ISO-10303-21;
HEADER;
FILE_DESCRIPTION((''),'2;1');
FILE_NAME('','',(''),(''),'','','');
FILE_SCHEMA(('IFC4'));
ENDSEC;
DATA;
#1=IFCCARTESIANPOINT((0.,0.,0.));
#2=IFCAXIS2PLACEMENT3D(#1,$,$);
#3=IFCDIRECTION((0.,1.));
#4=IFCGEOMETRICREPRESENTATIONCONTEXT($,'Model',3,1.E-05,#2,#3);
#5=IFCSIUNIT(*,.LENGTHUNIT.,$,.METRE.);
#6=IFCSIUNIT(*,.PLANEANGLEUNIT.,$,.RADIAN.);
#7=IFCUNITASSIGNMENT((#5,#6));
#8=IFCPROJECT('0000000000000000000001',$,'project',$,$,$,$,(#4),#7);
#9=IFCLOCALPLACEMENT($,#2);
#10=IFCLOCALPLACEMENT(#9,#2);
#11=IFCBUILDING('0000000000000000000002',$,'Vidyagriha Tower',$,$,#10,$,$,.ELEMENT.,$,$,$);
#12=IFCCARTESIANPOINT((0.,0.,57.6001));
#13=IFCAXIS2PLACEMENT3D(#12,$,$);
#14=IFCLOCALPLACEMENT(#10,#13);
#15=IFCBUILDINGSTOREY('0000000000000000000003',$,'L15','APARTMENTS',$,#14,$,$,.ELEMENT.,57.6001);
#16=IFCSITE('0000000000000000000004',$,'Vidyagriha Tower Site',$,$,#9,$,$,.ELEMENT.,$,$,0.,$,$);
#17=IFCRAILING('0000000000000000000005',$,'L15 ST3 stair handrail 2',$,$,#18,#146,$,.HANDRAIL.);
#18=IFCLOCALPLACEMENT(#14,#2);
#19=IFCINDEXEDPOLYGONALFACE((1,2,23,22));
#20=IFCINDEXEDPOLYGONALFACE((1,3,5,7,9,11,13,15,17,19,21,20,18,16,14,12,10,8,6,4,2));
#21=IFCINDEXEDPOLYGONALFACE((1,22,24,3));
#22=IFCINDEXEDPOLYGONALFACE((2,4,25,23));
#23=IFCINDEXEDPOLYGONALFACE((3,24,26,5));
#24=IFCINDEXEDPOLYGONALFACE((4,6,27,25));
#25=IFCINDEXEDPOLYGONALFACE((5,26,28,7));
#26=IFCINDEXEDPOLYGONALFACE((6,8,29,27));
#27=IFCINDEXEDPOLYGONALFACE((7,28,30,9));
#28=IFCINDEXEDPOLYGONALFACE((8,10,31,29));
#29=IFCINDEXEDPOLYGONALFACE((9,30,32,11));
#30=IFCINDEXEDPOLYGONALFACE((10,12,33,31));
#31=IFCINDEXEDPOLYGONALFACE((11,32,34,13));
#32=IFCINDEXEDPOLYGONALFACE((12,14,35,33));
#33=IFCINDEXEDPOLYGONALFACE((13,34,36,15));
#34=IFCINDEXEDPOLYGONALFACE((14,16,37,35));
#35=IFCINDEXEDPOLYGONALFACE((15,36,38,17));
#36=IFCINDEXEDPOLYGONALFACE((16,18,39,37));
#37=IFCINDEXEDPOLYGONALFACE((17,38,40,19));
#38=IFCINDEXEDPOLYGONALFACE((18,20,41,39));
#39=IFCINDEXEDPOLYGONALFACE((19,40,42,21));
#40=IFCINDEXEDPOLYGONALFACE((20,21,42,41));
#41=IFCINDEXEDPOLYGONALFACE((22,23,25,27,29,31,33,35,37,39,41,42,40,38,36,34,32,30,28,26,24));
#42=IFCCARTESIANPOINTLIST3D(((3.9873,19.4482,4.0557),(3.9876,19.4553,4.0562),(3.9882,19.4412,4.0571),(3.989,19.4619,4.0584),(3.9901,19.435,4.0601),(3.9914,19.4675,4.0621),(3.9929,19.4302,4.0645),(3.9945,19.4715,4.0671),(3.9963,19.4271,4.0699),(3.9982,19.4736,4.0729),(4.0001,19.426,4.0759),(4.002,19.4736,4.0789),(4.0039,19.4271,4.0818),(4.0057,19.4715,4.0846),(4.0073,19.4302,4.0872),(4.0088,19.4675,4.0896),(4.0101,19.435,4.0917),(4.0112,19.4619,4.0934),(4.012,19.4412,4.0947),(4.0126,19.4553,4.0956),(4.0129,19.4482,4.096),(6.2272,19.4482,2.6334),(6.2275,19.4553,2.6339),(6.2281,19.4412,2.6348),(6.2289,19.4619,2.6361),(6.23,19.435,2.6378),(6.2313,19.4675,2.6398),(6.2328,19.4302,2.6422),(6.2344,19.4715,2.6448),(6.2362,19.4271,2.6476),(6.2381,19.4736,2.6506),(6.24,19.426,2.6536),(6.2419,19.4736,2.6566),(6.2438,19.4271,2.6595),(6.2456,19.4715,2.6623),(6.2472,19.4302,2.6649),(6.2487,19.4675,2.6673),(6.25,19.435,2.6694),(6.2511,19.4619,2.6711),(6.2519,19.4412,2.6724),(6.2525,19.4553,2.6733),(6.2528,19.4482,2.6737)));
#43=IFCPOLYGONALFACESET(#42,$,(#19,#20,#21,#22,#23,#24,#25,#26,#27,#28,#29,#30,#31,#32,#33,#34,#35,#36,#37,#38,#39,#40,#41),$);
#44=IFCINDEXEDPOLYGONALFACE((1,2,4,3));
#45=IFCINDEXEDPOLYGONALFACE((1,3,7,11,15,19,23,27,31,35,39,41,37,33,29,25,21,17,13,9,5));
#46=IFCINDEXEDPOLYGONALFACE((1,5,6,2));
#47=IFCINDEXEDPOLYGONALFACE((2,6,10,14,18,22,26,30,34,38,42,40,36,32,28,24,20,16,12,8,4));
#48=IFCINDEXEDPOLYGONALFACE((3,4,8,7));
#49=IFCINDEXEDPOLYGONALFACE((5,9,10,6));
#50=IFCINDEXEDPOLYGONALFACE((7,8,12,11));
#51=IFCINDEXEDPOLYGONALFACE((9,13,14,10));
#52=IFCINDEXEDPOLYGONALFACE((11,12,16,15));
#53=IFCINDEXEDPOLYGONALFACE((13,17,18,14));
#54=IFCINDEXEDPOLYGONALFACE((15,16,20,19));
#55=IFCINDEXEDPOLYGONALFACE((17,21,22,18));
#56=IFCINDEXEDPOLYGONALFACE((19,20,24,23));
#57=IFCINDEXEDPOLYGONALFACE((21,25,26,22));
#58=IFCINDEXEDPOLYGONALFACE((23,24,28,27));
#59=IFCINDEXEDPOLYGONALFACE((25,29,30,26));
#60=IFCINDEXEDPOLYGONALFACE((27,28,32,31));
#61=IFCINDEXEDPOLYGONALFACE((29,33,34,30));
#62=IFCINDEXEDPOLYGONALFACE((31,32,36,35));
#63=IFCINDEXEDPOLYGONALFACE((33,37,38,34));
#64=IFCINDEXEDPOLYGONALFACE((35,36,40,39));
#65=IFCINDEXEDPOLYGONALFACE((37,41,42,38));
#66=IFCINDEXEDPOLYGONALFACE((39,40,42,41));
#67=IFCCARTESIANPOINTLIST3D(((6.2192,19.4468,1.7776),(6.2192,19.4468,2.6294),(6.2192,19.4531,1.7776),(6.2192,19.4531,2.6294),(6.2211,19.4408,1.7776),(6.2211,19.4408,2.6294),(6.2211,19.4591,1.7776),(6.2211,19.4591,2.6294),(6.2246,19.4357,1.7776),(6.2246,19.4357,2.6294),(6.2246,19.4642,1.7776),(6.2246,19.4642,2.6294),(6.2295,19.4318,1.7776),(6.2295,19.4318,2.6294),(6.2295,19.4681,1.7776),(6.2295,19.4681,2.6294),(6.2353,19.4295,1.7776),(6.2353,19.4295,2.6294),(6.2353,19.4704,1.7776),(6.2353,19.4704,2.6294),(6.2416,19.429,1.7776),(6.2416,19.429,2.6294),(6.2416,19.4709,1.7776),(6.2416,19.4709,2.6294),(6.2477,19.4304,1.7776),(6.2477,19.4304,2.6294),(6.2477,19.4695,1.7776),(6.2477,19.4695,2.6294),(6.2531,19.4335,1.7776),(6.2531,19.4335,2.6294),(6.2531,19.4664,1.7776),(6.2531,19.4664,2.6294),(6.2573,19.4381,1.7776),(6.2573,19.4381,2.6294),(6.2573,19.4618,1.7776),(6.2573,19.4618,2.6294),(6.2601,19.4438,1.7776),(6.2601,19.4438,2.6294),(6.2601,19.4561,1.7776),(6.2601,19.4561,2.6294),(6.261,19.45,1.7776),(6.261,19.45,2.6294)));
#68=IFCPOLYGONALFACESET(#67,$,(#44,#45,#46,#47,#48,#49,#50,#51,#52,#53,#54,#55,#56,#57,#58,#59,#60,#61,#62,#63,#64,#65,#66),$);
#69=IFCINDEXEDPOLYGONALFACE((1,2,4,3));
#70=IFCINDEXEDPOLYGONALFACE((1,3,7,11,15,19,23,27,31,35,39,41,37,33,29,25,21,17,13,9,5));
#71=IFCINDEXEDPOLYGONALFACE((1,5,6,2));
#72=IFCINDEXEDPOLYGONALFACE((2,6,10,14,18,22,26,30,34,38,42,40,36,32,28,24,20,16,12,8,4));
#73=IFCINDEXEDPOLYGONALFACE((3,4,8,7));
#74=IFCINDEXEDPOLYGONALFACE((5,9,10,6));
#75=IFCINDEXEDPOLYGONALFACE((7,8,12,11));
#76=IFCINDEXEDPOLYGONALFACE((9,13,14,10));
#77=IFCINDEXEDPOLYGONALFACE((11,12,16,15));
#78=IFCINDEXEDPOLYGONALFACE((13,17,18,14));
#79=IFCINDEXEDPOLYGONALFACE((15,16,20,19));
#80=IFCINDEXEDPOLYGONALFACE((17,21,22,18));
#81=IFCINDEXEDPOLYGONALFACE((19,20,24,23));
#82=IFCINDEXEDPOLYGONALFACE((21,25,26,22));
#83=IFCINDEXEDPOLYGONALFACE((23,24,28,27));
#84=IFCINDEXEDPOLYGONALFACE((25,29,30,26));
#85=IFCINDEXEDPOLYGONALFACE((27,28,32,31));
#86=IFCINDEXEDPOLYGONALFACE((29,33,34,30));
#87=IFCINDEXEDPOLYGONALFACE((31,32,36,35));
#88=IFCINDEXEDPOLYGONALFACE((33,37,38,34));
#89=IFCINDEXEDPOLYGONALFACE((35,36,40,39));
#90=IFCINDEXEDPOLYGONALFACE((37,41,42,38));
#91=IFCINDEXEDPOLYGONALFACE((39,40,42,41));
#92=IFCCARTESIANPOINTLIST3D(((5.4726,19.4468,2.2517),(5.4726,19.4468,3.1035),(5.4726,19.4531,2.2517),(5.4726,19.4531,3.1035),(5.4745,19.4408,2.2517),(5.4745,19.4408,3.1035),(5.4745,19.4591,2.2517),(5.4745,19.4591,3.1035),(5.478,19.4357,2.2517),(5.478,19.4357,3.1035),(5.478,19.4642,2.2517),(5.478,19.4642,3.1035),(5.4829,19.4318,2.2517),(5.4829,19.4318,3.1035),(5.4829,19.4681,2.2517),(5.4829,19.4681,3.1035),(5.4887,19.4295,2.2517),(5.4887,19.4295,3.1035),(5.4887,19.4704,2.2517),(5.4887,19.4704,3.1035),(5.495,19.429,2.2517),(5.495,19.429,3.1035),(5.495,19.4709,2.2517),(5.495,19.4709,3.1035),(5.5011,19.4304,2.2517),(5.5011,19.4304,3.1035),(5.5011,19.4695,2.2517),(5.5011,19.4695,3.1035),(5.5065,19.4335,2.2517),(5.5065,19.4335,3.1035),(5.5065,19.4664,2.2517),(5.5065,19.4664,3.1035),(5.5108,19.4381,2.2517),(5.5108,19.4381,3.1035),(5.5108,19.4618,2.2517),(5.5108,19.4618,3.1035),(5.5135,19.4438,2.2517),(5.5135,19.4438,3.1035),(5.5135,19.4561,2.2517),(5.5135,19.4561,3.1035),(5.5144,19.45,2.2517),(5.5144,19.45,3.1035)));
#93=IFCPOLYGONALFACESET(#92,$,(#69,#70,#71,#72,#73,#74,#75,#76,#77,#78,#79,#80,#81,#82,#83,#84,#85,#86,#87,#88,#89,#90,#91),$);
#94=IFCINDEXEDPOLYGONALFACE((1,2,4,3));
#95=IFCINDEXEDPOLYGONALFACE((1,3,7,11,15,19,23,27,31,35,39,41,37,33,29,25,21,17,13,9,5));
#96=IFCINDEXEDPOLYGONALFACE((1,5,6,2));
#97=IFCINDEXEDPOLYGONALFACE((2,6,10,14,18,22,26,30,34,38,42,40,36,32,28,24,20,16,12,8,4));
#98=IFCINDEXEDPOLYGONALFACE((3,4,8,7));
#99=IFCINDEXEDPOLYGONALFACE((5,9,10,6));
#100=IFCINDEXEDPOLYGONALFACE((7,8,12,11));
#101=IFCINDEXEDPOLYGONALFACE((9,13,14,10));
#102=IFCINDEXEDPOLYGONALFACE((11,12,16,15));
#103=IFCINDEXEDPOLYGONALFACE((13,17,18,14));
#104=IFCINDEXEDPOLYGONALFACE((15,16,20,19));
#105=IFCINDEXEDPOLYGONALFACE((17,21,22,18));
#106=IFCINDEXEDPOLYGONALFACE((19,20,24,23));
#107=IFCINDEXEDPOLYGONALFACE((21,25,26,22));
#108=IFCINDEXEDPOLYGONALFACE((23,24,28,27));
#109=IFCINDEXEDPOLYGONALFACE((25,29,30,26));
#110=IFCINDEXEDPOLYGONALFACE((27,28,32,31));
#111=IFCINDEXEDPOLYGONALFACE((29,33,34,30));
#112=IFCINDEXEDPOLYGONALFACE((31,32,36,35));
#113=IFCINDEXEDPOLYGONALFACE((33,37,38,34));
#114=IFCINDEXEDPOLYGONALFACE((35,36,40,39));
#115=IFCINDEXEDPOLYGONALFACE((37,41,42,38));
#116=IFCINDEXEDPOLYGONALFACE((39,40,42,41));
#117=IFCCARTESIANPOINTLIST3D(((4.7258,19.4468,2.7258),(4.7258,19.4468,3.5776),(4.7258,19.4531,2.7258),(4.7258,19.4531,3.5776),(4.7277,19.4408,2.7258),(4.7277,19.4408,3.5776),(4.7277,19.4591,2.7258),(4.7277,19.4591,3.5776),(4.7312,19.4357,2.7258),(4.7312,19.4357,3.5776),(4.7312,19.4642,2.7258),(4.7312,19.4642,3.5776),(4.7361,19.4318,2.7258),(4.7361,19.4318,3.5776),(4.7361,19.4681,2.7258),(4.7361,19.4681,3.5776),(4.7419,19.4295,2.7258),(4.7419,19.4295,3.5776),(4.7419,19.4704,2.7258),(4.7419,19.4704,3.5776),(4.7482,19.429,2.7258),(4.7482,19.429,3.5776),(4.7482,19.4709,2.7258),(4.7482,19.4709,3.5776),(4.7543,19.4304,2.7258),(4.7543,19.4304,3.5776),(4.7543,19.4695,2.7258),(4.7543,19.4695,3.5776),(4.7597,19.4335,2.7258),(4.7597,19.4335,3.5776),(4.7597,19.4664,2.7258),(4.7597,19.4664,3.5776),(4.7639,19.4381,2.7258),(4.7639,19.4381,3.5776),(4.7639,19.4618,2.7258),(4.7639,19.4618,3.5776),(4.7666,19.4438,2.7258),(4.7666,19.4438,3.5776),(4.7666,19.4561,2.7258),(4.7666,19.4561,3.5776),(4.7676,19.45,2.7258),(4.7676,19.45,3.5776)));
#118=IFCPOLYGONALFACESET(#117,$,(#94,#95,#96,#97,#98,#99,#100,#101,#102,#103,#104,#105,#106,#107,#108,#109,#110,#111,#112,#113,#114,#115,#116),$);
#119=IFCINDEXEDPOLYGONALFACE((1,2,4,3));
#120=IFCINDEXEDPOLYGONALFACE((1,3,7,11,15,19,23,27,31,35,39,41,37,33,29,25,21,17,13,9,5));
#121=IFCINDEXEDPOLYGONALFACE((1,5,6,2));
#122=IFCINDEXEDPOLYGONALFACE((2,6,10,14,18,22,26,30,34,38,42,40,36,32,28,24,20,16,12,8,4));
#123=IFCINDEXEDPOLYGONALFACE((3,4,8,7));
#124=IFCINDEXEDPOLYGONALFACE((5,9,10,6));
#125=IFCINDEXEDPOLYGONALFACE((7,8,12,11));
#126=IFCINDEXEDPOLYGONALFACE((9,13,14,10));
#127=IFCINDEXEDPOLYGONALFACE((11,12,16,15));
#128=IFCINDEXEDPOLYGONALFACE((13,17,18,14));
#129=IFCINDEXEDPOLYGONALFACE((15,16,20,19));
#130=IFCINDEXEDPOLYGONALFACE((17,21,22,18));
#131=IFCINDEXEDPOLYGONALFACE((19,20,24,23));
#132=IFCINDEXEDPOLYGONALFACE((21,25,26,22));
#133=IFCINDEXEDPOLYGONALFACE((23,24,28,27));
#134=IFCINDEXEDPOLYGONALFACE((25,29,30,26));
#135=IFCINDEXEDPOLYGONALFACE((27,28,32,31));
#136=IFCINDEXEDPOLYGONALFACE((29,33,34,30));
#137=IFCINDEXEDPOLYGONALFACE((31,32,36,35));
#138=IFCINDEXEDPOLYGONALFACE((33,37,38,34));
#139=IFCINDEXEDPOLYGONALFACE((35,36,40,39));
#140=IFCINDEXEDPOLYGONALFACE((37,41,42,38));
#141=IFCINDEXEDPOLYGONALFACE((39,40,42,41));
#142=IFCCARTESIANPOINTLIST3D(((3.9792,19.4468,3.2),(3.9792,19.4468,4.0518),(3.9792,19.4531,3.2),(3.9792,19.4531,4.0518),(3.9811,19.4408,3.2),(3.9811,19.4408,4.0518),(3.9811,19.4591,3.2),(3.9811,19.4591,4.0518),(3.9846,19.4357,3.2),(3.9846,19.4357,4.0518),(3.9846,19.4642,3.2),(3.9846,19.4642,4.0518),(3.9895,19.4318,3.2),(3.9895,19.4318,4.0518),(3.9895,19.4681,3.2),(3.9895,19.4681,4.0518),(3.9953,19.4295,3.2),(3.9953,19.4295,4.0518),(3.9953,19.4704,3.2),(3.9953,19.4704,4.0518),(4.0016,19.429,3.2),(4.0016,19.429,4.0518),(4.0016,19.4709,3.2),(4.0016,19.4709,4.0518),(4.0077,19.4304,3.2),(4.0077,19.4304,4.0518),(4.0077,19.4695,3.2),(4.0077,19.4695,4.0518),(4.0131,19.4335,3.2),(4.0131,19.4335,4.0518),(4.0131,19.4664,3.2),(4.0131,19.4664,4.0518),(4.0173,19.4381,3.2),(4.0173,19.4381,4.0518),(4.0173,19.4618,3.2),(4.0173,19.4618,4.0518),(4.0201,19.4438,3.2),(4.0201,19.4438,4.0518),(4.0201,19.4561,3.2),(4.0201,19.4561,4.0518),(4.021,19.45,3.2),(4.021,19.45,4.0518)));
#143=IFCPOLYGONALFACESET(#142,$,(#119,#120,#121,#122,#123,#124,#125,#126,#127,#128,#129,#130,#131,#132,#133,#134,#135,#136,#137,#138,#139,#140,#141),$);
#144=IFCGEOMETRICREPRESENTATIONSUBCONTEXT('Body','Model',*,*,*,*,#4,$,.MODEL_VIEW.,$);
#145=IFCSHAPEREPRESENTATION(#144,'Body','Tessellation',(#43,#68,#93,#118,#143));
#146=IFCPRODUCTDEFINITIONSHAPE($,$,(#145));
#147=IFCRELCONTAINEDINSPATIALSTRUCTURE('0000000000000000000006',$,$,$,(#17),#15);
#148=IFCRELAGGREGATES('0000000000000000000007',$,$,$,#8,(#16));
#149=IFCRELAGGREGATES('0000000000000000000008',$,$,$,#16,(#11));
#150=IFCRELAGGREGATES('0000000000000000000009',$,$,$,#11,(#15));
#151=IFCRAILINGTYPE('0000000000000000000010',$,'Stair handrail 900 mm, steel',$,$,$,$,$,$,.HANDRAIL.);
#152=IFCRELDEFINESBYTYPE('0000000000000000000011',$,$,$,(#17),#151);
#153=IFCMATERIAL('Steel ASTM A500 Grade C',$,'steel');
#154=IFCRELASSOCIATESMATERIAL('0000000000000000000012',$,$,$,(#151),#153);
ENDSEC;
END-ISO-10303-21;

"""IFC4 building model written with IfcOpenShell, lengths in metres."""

from ifc_helpers import new_model, si_unit, direction, frame, origin, origin_2d, place, context, subcontext, project, spatial, circle, extrude, material, type_object, element, save


model = new_model("IFC4")

# Units and contexts
model_context = context("Model", 3, precision=1e-05, world=origin(), true_north=direction((0.0, 1.0)))
body_context = subcontext(model_context, "Body", "Model", "MODEL_VIEW")
ifc_project = project(units=[si_unit("LENGTHUNIT", "METRE"), si_unit("PLANEANGLEUNIT", "RADIAN")], contexts=[model_context])

# Site, building, storey
site_placement = place(None, origin())
site = spatial("IfcSite", under=ifc_project, at=site_placement, Name="Vidyagriha Tower Site", CompositionType="ELEMENT", RefElevation=0.0)
building_placement = place(site_placement, origin())
building = spatial("IfcBuilding", under=site, at=building_placement, Name="Vidyagriha Tower", CompositionType="ELEMENT")
storey_placement = place(building_placement, frame((0.0, 0.0, 57.6001)))
storey = spatial("IfcBuildingStorey", under=building, at=storey_placement, Name="L15", Description="APARTMENTS", CompositionType="ELEMENT", Elevation=57.6001)

# Railing
ifc_material_1 = material(Name="Steel ASTM A500 Grade C", Category="steel")
railing_type_1 = type_object("IfcRailingType", Name="Stair handrail 900 mm, steel", PredefinedType="HANDRAIL", material=ifc_material_1)
railing_1_placement = place(storey_placement, frame((6.24, 19.45, 1.7776)))
element("IfcRailing", 1, at=railing_1_placement, inside=storey, type_object=railing_type_1, Name="L15 ST3 stair handrail 2", PredefinedType="HANDRAIL", context=body_context, shape_type="SweptSolid", body=[
    extrude(circle(Radius=0.0239, at=origin_2d()), frame((0.0, 0.0, 0.876), z_axis=(-0.844188, 0.0, 0.536048), x_axis=(0.0, -1.0, 0.0)), (0.0, 0.0, 1.0), 2.6533),
    extrude(circle(Radius=0.021, at=origin_2d()), origin(), (0.0, 0.0, 1.0), 0.8518),
    extrude(circle(Radius=0.021, at=origin_2d()), frame((-0.7466, 0.0, 0.4741)), (0.0, 0.0, 1.0), 0.8518),
    extrude(circle(Radius=0.021, at=origin_2d()), frame((-1.4934, 0.0, 0.9482)), (0.0, 0.0, 1.0), 0.8518),
    extrude(circle(Radius=0.021, at=origin_2d()), frame((-2.24, 0.0, 1.4224)), (0.0, 0.0, 1.0), 0.8518),
])

save(model, "model.ifc")
